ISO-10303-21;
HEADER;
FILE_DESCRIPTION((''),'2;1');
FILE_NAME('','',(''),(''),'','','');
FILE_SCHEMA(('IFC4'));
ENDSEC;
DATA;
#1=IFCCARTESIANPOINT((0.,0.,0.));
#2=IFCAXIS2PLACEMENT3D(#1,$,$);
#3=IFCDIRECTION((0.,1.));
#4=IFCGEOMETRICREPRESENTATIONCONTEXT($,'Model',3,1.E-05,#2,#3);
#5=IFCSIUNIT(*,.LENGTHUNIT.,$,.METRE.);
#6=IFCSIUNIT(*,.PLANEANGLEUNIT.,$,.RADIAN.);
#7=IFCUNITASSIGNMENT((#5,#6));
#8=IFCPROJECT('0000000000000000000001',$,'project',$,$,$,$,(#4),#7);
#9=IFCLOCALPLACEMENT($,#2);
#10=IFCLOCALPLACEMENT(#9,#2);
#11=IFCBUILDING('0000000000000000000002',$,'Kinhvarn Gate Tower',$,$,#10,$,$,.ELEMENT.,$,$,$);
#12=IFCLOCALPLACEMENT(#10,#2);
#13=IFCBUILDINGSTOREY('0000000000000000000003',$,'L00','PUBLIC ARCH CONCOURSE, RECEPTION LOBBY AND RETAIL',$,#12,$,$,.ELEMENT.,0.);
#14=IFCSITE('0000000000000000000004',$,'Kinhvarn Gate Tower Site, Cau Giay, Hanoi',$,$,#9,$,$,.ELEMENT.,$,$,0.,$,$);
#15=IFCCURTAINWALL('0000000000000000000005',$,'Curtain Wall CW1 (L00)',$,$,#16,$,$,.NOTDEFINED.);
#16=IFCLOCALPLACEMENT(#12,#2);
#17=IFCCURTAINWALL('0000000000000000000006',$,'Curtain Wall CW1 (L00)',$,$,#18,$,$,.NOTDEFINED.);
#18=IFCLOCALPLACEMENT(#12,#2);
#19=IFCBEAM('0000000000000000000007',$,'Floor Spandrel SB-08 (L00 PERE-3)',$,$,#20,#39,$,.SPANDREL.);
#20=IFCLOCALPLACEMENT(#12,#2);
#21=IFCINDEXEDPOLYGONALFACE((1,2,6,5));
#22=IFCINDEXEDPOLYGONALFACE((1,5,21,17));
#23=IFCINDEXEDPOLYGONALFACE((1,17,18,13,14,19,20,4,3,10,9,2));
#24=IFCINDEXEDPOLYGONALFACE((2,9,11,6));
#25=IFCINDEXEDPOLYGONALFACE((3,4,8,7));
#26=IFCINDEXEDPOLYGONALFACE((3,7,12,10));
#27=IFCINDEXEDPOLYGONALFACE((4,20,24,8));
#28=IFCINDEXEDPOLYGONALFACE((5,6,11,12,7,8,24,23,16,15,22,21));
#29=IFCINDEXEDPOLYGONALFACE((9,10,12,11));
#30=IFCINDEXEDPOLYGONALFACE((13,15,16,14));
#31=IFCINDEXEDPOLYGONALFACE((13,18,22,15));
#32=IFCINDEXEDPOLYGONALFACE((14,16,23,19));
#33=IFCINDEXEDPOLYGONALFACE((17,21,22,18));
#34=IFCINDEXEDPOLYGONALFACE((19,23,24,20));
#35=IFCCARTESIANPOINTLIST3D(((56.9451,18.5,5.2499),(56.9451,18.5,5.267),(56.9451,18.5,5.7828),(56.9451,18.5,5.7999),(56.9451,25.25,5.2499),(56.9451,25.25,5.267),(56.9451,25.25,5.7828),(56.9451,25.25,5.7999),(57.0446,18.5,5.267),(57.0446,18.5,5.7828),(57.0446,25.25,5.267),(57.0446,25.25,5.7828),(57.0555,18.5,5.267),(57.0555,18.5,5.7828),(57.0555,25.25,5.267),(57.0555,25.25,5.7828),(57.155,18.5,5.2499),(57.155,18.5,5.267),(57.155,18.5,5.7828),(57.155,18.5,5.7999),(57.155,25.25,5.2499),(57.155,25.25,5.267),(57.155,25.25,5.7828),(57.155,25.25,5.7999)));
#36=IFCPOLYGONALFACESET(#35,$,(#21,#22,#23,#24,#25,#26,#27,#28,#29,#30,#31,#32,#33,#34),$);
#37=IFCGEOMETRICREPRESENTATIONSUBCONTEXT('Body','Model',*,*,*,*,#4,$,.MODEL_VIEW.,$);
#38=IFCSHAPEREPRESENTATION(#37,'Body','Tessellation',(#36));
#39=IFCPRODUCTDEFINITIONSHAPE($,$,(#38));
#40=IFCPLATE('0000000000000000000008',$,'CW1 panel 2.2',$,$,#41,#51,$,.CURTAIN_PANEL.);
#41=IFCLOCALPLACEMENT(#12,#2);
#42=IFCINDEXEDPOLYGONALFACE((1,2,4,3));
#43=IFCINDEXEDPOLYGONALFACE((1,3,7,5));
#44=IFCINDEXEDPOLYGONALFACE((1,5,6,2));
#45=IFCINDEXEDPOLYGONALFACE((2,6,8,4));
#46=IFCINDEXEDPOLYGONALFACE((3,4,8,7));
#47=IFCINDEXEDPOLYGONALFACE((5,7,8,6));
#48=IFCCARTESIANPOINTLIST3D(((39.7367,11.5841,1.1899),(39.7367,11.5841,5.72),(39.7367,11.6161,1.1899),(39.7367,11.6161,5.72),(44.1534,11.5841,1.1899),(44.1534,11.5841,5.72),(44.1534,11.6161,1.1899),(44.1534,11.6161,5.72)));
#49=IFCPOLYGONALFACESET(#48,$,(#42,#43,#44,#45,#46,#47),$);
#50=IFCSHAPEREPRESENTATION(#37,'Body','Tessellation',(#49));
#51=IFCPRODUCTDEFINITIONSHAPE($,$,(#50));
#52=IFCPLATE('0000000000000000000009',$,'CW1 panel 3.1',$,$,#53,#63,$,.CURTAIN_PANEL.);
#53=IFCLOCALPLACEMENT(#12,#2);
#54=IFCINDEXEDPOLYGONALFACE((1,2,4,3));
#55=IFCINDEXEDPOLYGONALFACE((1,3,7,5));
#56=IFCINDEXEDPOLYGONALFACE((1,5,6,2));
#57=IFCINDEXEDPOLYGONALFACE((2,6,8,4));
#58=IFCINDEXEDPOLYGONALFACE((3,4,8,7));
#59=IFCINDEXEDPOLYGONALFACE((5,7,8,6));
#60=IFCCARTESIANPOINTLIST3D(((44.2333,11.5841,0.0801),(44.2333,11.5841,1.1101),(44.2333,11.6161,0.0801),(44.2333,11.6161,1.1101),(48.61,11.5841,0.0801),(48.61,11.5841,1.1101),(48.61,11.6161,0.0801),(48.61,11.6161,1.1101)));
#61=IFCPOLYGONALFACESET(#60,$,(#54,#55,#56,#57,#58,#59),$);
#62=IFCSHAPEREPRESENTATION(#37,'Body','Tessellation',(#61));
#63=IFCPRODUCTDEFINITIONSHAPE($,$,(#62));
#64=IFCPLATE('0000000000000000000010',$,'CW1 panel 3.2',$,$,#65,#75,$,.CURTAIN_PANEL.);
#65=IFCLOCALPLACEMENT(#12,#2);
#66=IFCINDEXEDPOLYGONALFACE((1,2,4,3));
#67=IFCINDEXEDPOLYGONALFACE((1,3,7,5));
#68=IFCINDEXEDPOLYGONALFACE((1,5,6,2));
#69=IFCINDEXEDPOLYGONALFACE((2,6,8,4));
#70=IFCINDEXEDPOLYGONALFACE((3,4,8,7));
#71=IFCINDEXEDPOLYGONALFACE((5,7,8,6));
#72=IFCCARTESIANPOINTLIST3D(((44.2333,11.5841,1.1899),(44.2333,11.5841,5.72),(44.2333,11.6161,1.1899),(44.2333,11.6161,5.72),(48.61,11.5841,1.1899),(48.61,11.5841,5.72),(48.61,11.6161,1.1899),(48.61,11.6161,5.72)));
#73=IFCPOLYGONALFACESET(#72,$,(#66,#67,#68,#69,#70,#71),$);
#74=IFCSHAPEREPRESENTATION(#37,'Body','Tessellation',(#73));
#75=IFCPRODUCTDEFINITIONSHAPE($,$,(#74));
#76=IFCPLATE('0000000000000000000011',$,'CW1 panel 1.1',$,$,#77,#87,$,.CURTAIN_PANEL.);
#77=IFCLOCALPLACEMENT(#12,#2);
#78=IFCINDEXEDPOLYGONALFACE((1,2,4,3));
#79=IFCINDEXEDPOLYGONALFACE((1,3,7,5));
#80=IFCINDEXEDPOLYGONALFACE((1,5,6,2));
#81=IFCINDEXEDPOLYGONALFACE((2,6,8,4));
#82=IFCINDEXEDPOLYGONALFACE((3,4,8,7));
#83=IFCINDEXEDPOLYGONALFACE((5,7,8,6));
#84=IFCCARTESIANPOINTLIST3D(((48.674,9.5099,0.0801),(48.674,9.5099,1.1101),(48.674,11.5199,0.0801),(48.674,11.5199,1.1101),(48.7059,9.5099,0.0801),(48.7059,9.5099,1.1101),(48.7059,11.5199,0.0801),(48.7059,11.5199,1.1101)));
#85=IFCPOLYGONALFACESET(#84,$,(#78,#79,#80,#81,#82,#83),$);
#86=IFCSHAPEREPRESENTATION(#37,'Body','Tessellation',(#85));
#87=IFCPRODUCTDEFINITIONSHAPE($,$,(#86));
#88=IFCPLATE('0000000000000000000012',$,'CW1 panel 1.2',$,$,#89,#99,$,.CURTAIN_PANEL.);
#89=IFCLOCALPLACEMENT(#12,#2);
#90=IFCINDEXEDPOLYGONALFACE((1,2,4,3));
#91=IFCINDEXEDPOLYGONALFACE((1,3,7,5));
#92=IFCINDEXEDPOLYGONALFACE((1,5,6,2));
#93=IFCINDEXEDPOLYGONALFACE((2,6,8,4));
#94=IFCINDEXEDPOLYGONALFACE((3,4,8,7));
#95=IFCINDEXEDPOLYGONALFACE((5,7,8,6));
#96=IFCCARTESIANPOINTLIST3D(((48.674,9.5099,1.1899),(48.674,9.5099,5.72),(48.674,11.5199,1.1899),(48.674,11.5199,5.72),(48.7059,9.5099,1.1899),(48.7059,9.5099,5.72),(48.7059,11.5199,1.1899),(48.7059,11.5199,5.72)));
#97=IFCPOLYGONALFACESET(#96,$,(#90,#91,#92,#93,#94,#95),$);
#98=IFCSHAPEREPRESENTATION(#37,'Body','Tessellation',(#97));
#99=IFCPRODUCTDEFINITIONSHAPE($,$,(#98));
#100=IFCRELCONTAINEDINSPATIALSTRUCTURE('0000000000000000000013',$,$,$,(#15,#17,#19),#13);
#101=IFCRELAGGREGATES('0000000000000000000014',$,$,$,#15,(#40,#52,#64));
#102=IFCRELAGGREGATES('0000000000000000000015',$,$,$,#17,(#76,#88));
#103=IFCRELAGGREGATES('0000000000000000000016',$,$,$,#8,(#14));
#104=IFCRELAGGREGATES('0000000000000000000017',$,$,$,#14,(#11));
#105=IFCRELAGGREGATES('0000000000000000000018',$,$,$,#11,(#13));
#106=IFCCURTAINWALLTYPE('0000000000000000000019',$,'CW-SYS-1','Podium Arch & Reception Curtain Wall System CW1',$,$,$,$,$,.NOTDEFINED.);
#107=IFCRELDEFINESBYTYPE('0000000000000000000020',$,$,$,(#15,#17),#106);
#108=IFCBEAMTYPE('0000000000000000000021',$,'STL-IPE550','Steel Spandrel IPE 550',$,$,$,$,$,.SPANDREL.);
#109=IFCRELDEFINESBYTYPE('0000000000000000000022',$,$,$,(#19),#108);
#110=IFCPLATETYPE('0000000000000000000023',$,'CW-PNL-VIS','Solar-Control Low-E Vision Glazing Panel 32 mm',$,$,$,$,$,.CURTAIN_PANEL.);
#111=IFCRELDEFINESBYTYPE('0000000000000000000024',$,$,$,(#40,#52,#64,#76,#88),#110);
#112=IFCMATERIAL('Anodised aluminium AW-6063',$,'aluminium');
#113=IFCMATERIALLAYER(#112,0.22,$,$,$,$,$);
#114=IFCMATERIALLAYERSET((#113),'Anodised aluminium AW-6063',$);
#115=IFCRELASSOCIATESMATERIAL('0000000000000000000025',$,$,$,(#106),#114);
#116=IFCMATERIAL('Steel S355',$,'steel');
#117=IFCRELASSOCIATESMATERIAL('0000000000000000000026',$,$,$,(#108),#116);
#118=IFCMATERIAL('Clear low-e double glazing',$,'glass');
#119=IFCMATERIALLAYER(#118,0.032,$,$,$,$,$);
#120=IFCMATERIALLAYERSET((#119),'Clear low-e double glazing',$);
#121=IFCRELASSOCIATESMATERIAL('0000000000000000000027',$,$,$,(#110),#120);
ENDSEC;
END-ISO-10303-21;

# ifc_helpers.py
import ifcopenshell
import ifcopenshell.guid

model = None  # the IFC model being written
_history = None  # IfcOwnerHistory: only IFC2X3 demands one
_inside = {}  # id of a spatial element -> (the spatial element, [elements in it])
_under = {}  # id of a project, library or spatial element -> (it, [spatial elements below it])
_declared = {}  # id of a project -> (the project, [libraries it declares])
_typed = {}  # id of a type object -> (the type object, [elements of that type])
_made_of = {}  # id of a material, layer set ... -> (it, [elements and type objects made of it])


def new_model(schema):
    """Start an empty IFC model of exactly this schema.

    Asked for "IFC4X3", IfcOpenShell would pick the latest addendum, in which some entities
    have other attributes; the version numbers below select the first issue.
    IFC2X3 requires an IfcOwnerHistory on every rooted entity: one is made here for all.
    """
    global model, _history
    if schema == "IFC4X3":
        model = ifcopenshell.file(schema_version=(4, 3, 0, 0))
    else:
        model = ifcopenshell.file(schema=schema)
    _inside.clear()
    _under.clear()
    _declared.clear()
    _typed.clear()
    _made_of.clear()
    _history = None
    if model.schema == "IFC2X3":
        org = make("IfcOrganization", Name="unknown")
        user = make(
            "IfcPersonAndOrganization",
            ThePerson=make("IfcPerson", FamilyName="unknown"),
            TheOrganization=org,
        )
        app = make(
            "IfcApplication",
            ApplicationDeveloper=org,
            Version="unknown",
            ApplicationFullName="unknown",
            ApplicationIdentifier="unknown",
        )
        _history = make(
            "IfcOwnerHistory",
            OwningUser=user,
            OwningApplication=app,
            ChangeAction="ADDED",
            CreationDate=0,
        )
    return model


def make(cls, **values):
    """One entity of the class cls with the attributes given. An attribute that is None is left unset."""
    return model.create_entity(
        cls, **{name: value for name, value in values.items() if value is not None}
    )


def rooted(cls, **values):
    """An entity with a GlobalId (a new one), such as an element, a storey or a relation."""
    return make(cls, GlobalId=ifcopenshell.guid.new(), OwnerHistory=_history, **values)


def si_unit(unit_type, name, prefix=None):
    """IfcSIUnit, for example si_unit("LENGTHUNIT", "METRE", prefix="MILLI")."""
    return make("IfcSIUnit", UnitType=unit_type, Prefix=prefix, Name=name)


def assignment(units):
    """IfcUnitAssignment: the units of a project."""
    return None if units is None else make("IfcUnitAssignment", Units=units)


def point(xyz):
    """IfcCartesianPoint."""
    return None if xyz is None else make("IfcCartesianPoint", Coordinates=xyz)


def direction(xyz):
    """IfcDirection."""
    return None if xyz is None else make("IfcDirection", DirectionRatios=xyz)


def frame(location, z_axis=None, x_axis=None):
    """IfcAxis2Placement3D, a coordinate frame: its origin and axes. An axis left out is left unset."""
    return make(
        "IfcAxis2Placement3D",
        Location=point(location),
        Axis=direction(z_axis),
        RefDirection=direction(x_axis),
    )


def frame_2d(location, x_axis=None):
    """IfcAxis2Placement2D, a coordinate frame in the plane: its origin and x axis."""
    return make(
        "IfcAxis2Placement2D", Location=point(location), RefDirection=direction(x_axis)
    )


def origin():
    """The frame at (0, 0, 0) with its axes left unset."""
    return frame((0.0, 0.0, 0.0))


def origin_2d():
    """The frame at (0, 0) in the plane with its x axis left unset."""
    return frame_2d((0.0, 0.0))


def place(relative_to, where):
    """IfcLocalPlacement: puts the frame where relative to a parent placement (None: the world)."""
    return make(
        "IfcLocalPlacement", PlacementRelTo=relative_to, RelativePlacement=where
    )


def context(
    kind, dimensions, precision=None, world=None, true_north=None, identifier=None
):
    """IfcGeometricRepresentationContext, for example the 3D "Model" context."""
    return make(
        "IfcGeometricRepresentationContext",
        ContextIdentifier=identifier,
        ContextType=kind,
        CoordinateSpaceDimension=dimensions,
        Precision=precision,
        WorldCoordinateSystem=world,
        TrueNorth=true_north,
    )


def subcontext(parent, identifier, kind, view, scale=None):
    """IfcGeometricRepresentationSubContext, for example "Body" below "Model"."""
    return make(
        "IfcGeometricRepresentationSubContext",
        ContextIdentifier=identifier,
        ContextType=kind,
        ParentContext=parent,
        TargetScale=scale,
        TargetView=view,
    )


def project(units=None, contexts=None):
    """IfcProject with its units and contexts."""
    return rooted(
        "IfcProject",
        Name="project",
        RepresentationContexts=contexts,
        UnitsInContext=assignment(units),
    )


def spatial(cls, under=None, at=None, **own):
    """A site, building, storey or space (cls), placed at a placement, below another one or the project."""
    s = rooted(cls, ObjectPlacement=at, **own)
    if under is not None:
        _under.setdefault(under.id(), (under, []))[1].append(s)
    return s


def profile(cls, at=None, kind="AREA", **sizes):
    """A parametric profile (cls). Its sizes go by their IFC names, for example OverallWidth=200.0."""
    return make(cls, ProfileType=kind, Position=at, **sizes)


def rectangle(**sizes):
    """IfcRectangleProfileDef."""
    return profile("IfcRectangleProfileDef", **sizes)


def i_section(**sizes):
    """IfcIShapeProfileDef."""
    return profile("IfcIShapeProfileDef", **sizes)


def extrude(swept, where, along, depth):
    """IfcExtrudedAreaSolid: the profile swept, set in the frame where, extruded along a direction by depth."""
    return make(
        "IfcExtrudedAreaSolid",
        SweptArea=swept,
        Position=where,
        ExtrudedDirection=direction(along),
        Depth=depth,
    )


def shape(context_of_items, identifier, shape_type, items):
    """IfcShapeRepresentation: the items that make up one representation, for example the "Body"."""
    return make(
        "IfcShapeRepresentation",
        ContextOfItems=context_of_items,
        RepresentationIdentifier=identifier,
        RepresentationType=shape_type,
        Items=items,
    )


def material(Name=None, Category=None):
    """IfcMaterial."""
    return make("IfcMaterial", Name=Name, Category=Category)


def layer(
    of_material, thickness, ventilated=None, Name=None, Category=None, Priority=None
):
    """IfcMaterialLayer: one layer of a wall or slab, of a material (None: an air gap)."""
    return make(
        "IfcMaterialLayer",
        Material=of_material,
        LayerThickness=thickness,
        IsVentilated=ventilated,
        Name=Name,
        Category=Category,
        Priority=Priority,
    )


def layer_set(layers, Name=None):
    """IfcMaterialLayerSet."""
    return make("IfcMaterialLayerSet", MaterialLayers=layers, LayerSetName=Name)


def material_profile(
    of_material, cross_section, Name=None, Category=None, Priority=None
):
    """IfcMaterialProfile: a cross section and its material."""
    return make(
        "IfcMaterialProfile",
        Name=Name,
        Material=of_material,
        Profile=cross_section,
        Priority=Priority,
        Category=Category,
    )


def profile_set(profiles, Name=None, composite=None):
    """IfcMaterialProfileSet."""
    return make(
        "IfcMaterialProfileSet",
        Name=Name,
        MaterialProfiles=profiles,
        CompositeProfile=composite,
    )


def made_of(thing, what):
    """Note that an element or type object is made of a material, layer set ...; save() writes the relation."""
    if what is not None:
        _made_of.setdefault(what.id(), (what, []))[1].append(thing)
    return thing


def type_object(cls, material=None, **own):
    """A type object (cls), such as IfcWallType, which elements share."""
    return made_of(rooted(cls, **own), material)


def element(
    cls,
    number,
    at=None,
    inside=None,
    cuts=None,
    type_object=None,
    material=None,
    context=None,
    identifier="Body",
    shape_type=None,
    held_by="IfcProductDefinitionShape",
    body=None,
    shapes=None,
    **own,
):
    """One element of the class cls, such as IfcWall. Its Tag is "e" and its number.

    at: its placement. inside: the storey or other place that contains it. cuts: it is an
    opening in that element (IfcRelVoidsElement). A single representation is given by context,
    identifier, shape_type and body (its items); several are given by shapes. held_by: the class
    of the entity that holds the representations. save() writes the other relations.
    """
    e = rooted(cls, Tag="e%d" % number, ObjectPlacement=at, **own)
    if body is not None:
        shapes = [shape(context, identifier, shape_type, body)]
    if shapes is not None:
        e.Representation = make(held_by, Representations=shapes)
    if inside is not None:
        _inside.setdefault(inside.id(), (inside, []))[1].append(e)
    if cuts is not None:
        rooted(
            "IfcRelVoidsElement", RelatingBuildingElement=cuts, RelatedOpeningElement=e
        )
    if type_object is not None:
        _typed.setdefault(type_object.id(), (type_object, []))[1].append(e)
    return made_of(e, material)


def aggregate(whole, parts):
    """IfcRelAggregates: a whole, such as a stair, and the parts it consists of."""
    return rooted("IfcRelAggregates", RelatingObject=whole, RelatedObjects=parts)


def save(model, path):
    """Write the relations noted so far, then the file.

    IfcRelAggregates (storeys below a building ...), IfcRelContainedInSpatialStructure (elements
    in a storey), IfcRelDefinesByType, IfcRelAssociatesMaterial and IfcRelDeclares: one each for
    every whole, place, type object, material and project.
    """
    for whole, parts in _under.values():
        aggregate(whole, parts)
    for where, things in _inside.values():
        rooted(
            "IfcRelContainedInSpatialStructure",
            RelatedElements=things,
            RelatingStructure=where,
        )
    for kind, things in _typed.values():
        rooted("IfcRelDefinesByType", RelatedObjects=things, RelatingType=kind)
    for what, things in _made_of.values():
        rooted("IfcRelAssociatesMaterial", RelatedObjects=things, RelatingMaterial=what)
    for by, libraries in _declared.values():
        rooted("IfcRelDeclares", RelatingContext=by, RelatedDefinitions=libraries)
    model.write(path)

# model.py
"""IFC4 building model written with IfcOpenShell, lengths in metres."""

from ifc_helpers import new_model, si_unit, direction, frame, origin, origin_2d, place, context, subcontext, project, spatial, rectangle, i_section, extrude, material, layer, layer_set, material_profile, profile_set, type_object, element, aggregate, save


model = new_model("IFC4")

# Units and contexts
model_context = context("Model", 3, precision=1e-05, world=origin(), true_north=direction((0.0, 1.0)))
body_context = subcontext(model_context, "Body", "Model", "MODEL_VIEW")
ifc_project = project(units=[si_unit("LENGTHUNIT", "METRE"), si_unit("PLANEANGLEUNIT", "RADIAN")], contexts=[model_context])

# Site, building, storey
site_placement = place(None, origin())
site = spatial("IfcSite", under=ifc_project, at=site_placement, Name="Kinhvarn Gate Tower Site, Cau Giay, Hanoi", CompositionType="ELEMENT", RefElevation=0.0)
building_placement = place(site_placement, origin())
building = spatial("IfcBuilding", under=site, at=building_placement, Name="Kinhvarn Gate Tower", CompositionType="ELEMENT")
storey_placement = place(building_placement, origin())
storey = spatial("IfcBuildingStorey", under=building, at=storey_placement, Name="L00", Description="PUBLIC ARCH CONCOURSE, RECEPTION LOBBY AND RETAIL", CompositionType="ELEMENT", Elevation=0.0)

# Curtain wall
ifc_material_1 = material(Name="Anodised aluminium AW-6063", Category="aluminium")
ifc_layer_1 = layer(ifc_material_1, 0.22)
ifc_layer_set_1 = layer_set([ifc_layer_1], Name="Anodised aluminium AW-6063")
curtain_wall_type = type_object("IfcCurtainWallType", Name="CW-SYS-1", Description="Podium Arch & Reception Curtain Wall System CW1", PredefinedType="NOTDEFINED", material=ifc_layer_set_1)
curtain_wall_1_placement = place(storey_placement, origin())
curtain_wall_1 = element("IfcCurtainWall", 1, at=curtain_wall_1_placement, inside=storey, type_object=curtain_wall_type, Name="Curtain Wall CW1 (L00)", PredefinedType="NOTDEFINED")

# Curtain wall
curtain_wall_2_placement = place(storey_placement, origin())
curtain_wall_2 = element("IfcCurtainWall", 2, at=curtain_wall_2_placement, inside=storey, type_object=curtain_wall_type, Name="Curtain Wall CW1 (L00)", PredefinedType="NOTDEFINED")

# Beam
ifc_material_2 = material(Name="Steel S355", Category="steel")
ifc_material_profile_1 = material_profile(ifc_material_2, i_section(OverallWidth=0.21, OverallDepth=0.55, WebThickness=0.011, FlangeThickness=0.0171, at=origin_2d()), Name="IPE 550")
ifc_profile_set_1 = profile_set([ifc_material_profile_1], Name="Steel S355")
beam_type_1 = type_object("IfcBeamType", Name="STL-IPE550", Description="Steel Spandrel IPE 550", PredefinedType="SPANDREL", material=ifc_profile_set_1)
beam_1_placement = place(storey_placement, frame((57.05, 18.5, 5.5249), z_axis=(0.0, 1.0, 0.0), x_axis=(-1.0, 0.0, 0.0)))
element("IfcBeam", 3, at=beam_1_placement, inside=storey, type_object=beam_type_1, Name="Floor Spandrel SB-08 (L00 PERE-3)", PredefinedType="SPANDREL", context=body_context, shape_type="SweptSolid", body=[
    extrude(i_section(OverallWidth=0.21, OverallDepth=0.55, WebThickness=0.011, FlangeThickness=0.0171, at=origin_2d()), origin(), (0.0, 0.0, 1.0), 6.75),
])

# Plates
ifc_material_3 = material(Name="Clear low-e double glazing", Category="glass")
ifc_layer_2 = layer(ifc_material_3, 0.032)
ifc_layer_set_2 = layer_set([ifc_layer_2], Name="Clear low-e double glazing")
plate_type = type_object("IfcPlateType", Name="CW-PNL-VIS", Description="Solar-Control Low-E Vision Glazing Panel 32 mm", PredefinedType="CURTAIN_PANEL", material=ifc_layer_set_2)
plate_1_placement = place(storey_placement, frame((41.9451, 11.6001, 1.1899), z_axis=(0.0, 0.0, 1.0), x_axis=(1.0, 0.0, 0.0)))
plate_1 = element("IfcPlate", 4, at=plate_1_placement, type_object=plate_type, Name="CW1 panel 2.2", PredefinedType="CURTAIN_PANEL", context=body_context, shape_type="SweptSolid", body=[
    extrude(rectangle(XDim=4.4167, YDim=0.032, at=origin_2d()), origin(), (0.0, 0.0, 1.0), 4.53),
])
plate_2_placement = place(storey_placement, frame((46.4216, 11.6001, 0.0801), z_axis=(0.0, 0.0, 1.0), x_axis=(1.0, 0.0, 0.0)))
plate_2 = element("IfcPlate", 5, at=plate_2_placement, type_object=plate_type, Name="CW1 panel 3.1", PredefinedType="CURTAIN_PANEL", context=body_context, shape_type="SweptSolid", body=[
    extrude(rectangle(XDim=4.3767, YDim=0.032, at=origin_2d()), origin(), (0.0, 0.0, 1.0), 1.03),
])
plate_3_placement = place(storey_placement, frame((46.4216, 11.6001, 1.1899), z_axis=(0.0, 0.0, 1.0), x_axis=(1.0, 0.0, 0.0)))
plate_3 = element("IfcPlate", 6, at=plate_3_placement, type_object=plate_type, Name="CW1 panel 3.2", PredefinedType="CURTAIN_PANEL", context=body_context, shape_type="SweptSolid", body=[
    extrude(rectangle(XDim=4.3767, YDim=0.032, at=origin_2d()), origin(), (0.0, 0.0, 1.0), 4.53),
])
aggregate(curtain_wall_1, [plate_1, plate_2, plate_3])
plate_4_placement = place(storey_placement, frame((48.6899, 10.5149, 0.0801), z_axis=(0.0, 0.0, 1.0), x_axis=(0.0, -1.0, 0.0)))
plate_4 = element("IfcPlate", 7, at=plate_4_placement, type_object=plate_type, Name="CW1 panel 1.1", PredefinedType="CURTAIN_PANEL", context=body_context, shape_type="SweptSolid", body=[
    extrude(rectangle(XDim=2.01, YDim=0.032, at=origin_2d()), origin(), (0.0, 0.0, 1.0), 1.03),
])
plate_5_placement = place(storey_placement, frame((48.6899, 10.5149, 1.1899), z_axis=(0.0, 0.0, 1.0), x_axis=(0.0, -1.0, 0.0)))
plate_5 = element("IfcPlate", 8, at=plate_5_placement, type_object=plate_type, Name="CW1 panel 1.2", PredefinedType="CURTAIN_PANEL", context=body_context, shape_type="SweptSolid", body=[
    extrude(rectangle(XDim=2.01, YDim=0.032, at=origin_2d()), origin(), (0.0, 0.0, 1.0), 4.53),
])
aggregate(curtain_wall_2, [plate_4, plate_5])

save(model, "model.ifc")
